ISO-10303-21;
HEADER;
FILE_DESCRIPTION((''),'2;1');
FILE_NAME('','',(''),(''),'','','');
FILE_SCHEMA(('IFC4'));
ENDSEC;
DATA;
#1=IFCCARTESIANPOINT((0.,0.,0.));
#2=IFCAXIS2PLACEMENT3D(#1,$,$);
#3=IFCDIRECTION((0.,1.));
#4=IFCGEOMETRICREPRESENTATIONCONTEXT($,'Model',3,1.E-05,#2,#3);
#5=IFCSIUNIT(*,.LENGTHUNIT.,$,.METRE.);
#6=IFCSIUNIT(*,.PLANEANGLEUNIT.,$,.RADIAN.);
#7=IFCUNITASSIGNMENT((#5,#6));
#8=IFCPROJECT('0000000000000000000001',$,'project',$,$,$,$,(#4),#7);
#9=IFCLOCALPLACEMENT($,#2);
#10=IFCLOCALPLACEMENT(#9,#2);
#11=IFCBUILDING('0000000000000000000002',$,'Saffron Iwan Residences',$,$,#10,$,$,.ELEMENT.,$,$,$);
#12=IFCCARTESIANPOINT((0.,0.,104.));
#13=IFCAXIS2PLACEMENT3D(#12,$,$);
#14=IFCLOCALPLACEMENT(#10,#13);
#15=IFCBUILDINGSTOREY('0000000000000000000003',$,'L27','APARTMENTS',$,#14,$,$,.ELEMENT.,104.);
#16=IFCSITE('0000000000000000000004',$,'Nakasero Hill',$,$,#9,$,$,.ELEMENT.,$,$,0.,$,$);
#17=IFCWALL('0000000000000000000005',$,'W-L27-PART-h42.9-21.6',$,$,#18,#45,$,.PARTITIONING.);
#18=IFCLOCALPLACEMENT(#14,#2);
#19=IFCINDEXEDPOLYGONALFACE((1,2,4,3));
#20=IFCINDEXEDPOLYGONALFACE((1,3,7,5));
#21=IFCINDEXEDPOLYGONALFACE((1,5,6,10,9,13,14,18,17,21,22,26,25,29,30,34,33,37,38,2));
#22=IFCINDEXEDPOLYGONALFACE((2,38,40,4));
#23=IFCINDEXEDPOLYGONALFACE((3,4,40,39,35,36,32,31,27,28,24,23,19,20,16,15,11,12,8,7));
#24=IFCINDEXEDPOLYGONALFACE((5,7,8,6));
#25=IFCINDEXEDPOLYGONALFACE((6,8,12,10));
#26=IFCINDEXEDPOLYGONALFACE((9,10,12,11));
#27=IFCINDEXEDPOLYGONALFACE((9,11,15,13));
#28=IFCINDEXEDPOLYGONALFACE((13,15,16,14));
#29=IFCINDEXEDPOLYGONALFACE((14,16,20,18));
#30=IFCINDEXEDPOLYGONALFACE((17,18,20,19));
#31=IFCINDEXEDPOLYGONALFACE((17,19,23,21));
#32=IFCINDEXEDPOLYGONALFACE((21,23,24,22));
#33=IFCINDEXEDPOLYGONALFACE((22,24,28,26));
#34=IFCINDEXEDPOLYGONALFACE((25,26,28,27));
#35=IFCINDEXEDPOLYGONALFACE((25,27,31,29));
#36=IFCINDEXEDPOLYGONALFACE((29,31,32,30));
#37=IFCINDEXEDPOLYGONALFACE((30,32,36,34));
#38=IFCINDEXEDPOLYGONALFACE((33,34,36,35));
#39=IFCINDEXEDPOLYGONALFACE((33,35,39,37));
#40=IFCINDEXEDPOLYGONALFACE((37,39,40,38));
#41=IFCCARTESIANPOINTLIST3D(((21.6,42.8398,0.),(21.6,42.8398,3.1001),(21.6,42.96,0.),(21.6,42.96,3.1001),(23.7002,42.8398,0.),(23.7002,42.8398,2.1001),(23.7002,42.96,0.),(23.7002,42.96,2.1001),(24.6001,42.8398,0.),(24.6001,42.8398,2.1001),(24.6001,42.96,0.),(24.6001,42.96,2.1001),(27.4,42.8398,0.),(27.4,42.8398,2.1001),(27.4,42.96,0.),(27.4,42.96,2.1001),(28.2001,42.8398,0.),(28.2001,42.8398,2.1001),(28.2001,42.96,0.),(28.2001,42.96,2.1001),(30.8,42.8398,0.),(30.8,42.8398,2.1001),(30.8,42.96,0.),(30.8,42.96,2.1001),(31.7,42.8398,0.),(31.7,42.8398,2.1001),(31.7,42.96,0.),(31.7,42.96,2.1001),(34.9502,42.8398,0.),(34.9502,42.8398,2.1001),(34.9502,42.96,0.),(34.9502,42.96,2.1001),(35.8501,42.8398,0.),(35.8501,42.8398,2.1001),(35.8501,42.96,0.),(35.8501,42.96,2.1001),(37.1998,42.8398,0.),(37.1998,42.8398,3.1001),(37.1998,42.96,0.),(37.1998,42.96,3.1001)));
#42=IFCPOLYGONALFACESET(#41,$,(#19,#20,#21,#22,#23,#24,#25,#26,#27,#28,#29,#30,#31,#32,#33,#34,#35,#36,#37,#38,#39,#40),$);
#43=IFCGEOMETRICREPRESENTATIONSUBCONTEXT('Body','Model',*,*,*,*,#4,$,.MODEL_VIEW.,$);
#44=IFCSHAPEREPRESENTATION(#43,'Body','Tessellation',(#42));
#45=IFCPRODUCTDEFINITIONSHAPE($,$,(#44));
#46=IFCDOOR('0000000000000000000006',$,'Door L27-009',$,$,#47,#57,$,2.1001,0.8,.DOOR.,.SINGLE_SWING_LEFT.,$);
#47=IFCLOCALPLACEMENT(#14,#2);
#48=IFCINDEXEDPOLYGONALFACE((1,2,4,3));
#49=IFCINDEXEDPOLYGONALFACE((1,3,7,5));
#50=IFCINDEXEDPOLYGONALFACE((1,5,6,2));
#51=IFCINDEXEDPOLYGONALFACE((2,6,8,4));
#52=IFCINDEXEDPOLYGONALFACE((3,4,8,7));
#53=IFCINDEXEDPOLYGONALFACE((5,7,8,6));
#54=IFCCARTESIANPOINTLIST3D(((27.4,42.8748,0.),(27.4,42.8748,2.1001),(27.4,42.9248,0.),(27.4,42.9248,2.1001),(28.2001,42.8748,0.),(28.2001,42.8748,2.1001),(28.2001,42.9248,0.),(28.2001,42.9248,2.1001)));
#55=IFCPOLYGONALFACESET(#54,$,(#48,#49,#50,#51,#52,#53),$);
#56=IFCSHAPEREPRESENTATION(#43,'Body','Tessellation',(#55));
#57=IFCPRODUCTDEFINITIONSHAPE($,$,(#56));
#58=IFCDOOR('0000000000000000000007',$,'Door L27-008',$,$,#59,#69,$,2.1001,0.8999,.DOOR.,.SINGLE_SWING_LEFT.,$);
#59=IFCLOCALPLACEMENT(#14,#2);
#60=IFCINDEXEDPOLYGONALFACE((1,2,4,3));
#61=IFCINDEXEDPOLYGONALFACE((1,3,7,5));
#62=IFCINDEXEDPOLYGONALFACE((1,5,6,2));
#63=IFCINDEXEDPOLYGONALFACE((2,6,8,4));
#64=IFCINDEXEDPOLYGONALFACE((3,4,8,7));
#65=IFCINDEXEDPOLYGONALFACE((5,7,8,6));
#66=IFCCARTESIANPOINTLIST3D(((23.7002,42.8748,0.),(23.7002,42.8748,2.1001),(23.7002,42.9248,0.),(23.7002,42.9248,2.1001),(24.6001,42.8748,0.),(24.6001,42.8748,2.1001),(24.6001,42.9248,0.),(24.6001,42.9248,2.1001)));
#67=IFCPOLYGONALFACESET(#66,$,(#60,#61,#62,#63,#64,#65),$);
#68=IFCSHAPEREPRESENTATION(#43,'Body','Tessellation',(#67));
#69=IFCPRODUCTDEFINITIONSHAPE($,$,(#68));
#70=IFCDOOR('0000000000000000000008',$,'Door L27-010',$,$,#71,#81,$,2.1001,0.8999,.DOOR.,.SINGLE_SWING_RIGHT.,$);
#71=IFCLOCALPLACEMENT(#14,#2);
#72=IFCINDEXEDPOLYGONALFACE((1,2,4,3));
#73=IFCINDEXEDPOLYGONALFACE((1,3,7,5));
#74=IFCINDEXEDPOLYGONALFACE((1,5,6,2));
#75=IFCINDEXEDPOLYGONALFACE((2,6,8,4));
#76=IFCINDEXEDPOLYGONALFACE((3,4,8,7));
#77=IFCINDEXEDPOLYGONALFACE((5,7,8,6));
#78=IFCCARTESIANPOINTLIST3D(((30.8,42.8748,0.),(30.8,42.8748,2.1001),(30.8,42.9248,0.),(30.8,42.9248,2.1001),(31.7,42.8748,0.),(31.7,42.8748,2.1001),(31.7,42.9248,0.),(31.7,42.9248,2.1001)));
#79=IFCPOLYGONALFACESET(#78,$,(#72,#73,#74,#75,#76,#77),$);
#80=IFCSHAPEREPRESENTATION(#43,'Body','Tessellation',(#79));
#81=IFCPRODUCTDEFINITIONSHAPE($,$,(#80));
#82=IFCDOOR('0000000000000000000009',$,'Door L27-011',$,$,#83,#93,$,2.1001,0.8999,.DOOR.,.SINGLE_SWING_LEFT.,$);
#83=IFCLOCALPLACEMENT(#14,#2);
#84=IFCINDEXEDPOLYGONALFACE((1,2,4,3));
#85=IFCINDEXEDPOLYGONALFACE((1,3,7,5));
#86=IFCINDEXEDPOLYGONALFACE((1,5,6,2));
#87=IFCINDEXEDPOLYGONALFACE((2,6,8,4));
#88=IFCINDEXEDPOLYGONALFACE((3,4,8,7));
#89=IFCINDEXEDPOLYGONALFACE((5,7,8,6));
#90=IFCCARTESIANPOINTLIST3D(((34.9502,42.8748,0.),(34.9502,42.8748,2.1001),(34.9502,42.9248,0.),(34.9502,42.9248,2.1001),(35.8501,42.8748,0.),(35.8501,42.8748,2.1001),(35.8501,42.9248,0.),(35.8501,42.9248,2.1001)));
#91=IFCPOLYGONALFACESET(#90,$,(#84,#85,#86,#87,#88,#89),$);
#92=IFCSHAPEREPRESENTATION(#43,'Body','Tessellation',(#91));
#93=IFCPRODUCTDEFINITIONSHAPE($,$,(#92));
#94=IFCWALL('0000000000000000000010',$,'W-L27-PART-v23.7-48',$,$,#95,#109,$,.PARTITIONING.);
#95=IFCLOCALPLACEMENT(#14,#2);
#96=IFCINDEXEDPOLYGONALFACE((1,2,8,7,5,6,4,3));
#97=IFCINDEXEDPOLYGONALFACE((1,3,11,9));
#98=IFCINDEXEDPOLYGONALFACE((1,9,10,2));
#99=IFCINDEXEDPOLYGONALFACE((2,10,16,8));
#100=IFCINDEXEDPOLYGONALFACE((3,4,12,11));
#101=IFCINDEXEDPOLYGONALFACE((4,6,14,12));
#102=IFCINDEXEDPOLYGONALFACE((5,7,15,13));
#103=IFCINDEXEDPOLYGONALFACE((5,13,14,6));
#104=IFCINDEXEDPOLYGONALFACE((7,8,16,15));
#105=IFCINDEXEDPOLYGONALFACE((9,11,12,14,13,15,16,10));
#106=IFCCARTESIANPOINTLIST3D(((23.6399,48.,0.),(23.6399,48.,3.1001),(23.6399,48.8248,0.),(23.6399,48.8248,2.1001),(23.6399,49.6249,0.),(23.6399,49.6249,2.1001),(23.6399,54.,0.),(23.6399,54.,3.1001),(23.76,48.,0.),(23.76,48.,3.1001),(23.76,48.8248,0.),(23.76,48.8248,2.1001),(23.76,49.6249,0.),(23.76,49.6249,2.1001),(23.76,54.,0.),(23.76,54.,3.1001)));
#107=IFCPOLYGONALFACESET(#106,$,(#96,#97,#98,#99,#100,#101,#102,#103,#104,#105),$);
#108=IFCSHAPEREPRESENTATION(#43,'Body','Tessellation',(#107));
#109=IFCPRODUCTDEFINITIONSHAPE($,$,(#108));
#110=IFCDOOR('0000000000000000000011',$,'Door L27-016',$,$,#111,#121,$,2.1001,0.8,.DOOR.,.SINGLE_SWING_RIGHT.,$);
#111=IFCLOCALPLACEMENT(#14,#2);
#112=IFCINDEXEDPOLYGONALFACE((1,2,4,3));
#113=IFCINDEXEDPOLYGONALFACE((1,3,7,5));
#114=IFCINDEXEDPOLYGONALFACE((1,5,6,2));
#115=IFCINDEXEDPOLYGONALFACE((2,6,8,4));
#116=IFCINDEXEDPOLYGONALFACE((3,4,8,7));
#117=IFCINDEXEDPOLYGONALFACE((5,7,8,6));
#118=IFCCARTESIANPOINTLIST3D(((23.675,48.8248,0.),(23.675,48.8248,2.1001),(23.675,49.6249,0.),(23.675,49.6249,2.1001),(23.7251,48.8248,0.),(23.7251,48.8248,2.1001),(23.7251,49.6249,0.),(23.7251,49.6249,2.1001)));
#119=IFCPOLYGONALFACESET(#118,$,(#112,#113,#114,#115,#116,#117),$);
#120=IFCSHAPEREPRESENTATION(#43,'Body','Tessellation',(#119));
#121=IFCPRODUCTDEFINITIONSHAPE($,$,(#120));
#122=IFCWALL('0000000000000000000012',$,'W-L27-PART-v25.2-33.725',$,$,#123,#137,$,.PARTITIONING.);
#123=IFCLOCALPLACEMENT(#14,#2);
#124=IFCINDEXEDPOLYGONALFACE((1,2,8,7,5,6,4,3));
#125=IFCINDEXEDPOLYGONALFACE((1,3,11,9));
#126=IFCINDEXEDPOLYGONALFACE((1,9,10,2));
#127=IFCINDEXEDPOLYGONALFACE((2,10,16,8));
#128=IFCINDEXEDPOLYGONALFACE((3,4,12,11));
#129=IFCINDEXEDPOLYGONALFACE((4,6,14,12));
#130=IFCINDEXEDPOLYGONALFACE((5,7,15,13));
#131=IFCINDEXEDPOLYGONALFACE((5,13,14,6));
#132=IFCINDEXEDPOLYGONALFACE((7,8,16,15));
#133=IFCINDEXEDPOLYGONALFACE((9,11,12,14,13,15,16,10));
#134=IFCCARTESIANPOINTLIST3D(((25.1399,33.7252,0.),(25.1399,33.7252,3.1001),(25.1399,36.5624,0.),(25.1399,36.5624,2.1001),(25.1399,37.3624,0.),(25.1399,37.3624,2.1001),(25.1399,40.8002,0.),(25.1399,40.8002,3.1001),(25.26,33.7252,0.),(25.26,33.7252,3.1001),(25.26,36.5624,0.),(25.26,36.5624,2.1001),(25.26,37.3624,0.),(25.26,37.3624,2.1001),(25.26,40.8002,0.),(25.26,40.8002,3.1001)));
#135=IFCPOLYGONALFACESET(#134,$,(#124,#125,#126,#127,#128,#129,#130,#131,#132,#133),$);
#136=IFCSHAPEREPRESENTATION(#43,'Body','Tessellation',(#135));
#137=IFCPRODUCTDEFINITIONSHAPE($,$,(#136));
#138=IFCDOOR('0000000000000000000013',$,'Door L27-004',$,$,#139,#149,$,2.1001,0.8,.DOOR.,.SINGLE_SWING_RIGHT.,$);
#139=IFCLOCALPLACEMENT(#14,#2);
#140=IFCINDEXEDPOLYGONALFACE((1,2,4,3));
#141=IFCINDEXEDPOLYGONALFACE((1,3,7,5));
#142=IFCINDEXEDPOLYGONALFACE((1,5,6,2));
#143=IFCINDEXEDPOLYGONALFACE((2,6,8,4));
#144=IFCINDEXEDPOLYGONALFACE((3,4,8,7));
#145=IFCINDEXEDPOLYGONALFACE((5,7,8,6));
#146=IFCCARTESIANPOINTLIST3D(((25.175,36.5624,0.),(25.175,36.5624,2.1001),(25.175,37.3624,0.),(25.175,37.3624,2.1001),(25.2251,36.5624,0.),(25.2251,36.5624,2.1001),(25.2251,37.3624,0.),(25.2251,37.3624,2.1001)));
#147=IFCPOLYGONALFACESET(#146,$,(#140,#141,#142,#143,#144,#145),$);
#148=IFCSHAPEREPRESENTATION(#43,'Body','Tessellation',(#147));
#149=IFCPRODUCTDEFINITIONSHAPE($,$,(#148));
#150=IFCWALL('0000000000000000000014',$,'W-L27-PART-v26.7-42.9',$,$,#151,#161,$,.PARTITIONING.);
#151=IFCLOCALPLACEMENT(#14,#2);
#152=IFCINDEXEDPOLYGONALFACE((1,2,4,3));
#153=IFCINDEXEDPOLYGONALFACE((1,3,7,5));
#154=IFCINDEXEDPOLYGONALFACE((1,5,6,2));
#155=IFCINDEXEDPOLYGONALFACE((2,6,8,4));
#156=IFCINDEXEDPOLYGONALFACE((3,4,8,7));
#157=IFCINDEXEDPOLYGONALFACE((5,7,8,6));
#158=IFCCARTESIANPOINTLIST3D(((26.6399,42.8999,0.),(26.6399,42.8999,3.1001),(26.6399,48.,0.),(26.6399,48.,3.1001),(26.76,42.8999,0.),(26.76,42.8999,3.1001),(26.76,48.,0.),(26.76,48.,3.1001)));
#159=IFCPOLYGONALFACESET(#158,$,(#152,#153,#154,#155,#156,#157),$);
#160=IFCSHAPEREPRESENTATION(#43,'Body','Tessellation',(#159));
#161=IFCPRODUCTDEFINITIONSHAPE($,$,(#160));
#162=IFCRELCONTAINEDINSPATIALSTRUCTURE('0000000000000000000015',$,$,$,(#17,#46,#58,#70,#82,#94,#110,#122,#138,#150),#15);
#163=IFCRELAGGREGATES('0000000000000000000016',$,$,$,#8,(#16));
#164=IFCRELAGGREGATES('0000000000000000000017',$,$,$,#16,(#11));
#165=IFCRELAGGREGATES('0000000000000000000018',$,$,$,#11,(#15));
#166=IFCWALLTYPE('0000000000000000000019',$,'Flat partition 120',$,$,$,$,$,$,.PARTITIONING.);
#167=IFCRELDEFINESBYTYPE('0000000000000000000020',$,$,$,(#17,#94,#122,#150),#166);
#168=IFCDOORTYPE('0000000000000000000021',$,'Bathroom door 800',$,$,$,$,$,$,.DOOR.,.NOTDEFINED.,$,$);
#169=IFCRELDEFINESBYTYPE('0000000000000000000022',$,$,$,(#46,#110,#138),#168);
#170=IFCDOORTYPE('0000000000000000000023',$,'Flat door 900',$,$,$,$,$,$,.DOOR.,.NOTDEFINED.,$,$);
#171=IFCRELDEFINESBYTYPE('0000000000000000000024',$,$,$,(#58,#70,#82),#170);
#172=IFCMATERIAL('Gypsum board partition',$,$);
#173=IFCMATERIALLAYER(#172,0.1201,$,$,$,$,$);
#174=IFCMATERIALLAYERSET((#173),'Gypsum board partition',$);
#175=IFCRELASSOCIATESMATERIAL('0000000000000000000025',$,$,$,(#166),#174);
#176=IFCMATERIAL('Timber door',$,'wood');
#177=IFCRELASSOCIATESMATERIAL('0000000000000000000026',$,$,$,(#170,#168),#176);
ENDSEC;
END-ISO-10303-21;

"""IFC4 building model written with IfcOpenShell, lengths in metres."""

from ifc_helpers import new_model, si_unit, direction, frame, frame_2d, origin, place, context, subcontext, project, spatial, rectangle, extrude, material, layer, layer_set, type_object, element, fill, save


model = new_model("IFC4")

# Units and contexts
model_context = context("Model", 3, precision=1e-05, world=origin(), true_north=direction((0.0, 1.0)))
body_context = subcontext(model_context, "Body", "Model", "MODEL_VIEW")
ifc_project = project(units=[si_unit("LENGTHUNIT", "METRE"), si_unit("PLANEANGLEUNIT", "RADIAN")], contexts=[model_context])

# Site, building, storey
site_placement = place(None, origin())
site = spatial("IfcSite", under=ifc_project, at=site_placement, Name="Nakasero Hill", CompositionType="ELEMENT", RefElevation=0.0)
building_placement = place(site_placement, origin())
building = spatial("IfcBuilding", under=site, at=building_placement, Name="Saffron Iwan Residences", CompositionType="ELEMENT")
storey_placement = place(building_placement, frame((0.0, 0.0, 104.0)))
storey = spatial("IfcBuildingStorey", under=building, at=storey_placement, Name="L27", Description="APARTMENTS", CompositionType="ELEMENT", Elevation=104.0)

# Shared definitions
ifc_material_1 = material(Name="Gypsum board partition")
ifc_layer = layer(ifc_material_1, 0.1201)
ifc_layer_set = layer_set([ifc_layer], Name="Gypsum board partition")
wall_type = type_object("IfcWallType", Name="Flat partition 120", PredefinedType="PARTITIONING", material=ifc_layer_set)

# Shared definitions
ifc_material_2 = material(Name="Timber door", Category="wood")
door_type_1 = type_object("IfcDoorType", Name="Flat door 900", OperationType="NOTDEFINED", PredefinedType="DOOR", material=ifc_material_2)

# Wall, openings, doors
wall_1_placement = place(storey_placement, frame((21.6001, 42.8999, 0.0), z_axis=(0.0, 0.0, 1.0), x_axis=(1.0, 0.0, 0.0)))
wall_1 = element("IfcWall", 1, at=wall_1_placement, inside=storey, type_object=wall_type, Name="W-L27-PART-h42.9-21.6", PredefinedType="PARTITIONING", context=body_context, shape_type="SweptSolid", body=[
    extrude(rectangle(XDim=15.5999, YDim=0.1201, at=frame_2d((7.7998, 0.0))), origin(), (0.0, 0.0, 1.0), 3.1001),
])
opening_1_placement = place(wall_1_placement, frame((2.1001, 0.0, 0.0)))
opening_1 = element("IfcOpeningElement", 2, at=opening_1_placement, cuts=wall_1, PredefinedType="OPENING", context=body_context, shape_type="SweptSolid", body=[
    extrude(rectangle(XDim=0.8999, YDim=2.1001, at=frame_2d((0.45, 1.05))), frame((0.0, 0.0701, 0.0), z_axis=(0.0, -1.0, 0.0), x_axis=(1.0, 0.0, 0.0)), (0.0, 0.0, 1.0), 0.1401),
])
opening_2_placement = place(wall_1_placement, frame((5.8, 0.0, 0.0)))
opening_2 = element("IfcOpeningElement", 3, at=opening_2_placement, cuts=wall_1, PredefinedType="OPENING", context=body_context, shape_type="SweptSolid", body=[
    extrude(rectangle(XDim=0.8, YDim=2.1001, at=frame_2d((0.3999, 1.05))), frame((0.0, 0.0701, 0.0), z_axis=(0.0, -1.0, 0.0), x_axis=(1.0, 0.0, 0.0)), (0.0, 0.0, 1.0), 0.1401),
])
opening_3_placement = place(wall_1_placement, frame((9.2, 0.0, 0.0)))
opening_3 = element("IfcOpeningElement", 4, at=opening_3_placement, cuts=wall_1, PredefinedType="OPENING", context=body_context, shape_type="SweptSolid", body=[
    extrude(rectangle(XDim=0.8999, YDim=2.1001, at=frame_2d((0.45, 1.05))), frame((0.0, 0.0701, 0.0), z_axis=(0.0, -1.0, 0.0), x_axis=(1.0, 0.0, 0.0)), (0.0, 0.0, 1.0), 0.1401),
])
opening_4_placement = place(wall_1_placement, frame((13.3501, 0.0, 0.0)))
opening_4 = element("IfcOpeningElement", 5, at=opening_4_placement, cuts=wall_1, PredefinedType="OPENING", context=body_context, shape_type="SweptSolid", body=[
    extrude(rectangle(XDim=0.8999, YDim=2.1001, at=frame_2d((0.45, 1.05))), frame((0.0, 0.0701, 0.0), z_axis=(0.0, -1.0, 0.0), x_axis=(1.0, 0.0, 0.0)), (0.0, 0.0, 1.0), 0.1401),
])
door_type_2 = type_object("IfcDoorType", Name="Bathroom door 800", OperationType="NOTDEFINED", PredefinedType="DOOR", material=ifc_material_2)
door_1_placement = place(opening_2_placement, origin())
door_1 = element("IfcDoor", 6, at=door_1_placement, inside=storey, type_object=door_type_2, Name="Door L27-009", OperationType="SINGLE_SWING_LEFT", OverallHeight=2.1001, OverallWidth=0.8, PredefinedType="DOOR", context=body_context, shape_type="SweptSolid", body=[
    extrude(rectangle(XDim=0.8, YDim=2.1001, at=frame_2d((0.3999, 1.05))), frame((0.0, 0.0249, 0.0), z_axis=(0.0, -1.0, 0.0), x_axis=(1.0, 0.0, 0.0)), (0.0, 0.0, 1.0), 0.05),
])
fill(opening_2, door_1)
door_2_placement = place(opening_1_placement, origin())
door_2 = element("IfcDoor", 7, at=door_2_placement, inside=storey, type_object=door_type_1, Name="Door L27-008", OperationType="SINGLE_SWING_LEFT", OverallHeight=2.1001, OverallWidth=0.8999, PredefinedType="DOOR", context=body_context, shape_type="SweptSolid", body=[
    extrude(rectangle(XDim=0.8999, YDim=2.1001, at=frame_2d((0.45, 1.05))), frame((0.0, 0.0249, 0.0), z_axis=(0.0, -1.0, 0.0), x_axis=(1.0, 0.0, 0.0)), (0.0, 0.0, 1.0), 0.05),
])
fill(opening_1, door_2)
door_3_placement = place(opening_3_placement, origin())
door_3 = element("IfcDoor", 8, at=door_3_placement, inside=storey, type_object=door_type_1, Name="Door L27-010", OperationType="SINGLE_SWING_RIGHT", OverallHeight=2.1001, OverallWidth=0.8999, PredefinedType="DOOR", context=body_context, shape_type="SweptSolid", body=[
    extrude(rectangle(XDim=0.8999, YDim=2.1001, at=frame_2d((0.45, 1.05))), frame((0.0, 0.0249, 0.0), z_axis=(0.0, -1.0, 0.0), x_axis=(1.0, 0.0, 0.0)), (0.0, 0.0, 1.0), 0.05),
])
fill(opening_3, door_3)
door_4_placement = place(opening_4_placement, origin())
door_4 = element("IfcDoor", 9, at=door_4_placement, inside=storey, type_object=door_type_1, Name="Door L27-011", OperationType="SINGLE_SWING_LEFT", OverallHeight=2.1001, OverallWidth=0.8999, PredefinedType="DOOR", context=body_context, shape_type="SweptSolid", body=[
    extrude(rectangle(XDim=0.8999, YDim=2.1001, at=frame_2d((0.45, 1.05))), frame((0.0, 0.0249, 0.0), z_axis=(0.0, -1.0, 0.0), x_axis=(1.0, 0.0, 0.0)), (0.0, 0.0, 1.0), 0.05),
])
fill(opening_4, door_4)

# Walls, openings, doors
wall_2_placement = place(storey_placement, frame((23.7, 48.0, 0.0), z_axis=(0.0, 0.0, 1.0), x_axis=(0.0, 1.0, 0.0)))
wall_2 = element("IfcWall", 10, at=wall_2_placement, inside=storey, type_object=wall_type, Name="W-L27-PART-v23.7-48", PredefinedType="PARTITIONING", context=body_context, shape_type="SweptSolid", body=[
    extrude(rectangle(XDim=6.0, YDim=0.1201, at=frame_2d((3.0, 0.0))), origin(), (0.0, 0.0, 1.0), 3.1001),
])
opening_5_placement = place(wall_2_placement, frame((0.825, 0.0, 0.0)))
opening_5 = element("IfcOpeningElement", 11, at=opening_5_placement, cuts=wall_2, PredefinedType="OPENING", context=body_context, shape_type="SweptSolid", body=[
    extrude(rectangle(XDim=0.8, YDim=2.1001, at=frame_2d((0.3999, 1.05))), frame((0.0, 0.0701, 0.0), z_axis=(0.0, -1.0, 0.0), x_axis=(1.0, 0.0, 0.0)), (0.0, 0.0, 1.0), 0.1401),
])
door_5_placement = place(opening_5_placement, origin())
door_5 = element("IfcDoor", 12, at=door_5_placement, inside=storey, type_object=door_type_2, Name="Door L27-016", OperationType="SINGLE_SWING_RIGHT", OverallHeight=2.1001, OverallWidth=0.8, PredefinedType="DOOR", context=body_context, shape_type="SweptSolid", body=[
    extrude(rectangle(XDim=0.8, YDim=2.1001, at=frame_2d((0.3999, 1.05))), frame((0.0, 0.0249, 0.0), z_axis=(0.0, -1.0, 0.0), x_axis=(1.0, 0.0, 0.0)), (0.0, 0.0, 1.0), 0.05),
])
fill(opening_5, door_5)
wall_3_placement = place(storey_placement, frame((25.2, 33.7251, 0.0), z_axis=(0.0, 0.0, 1.0), x_axis=(0.0, 1.0, 0.0)))
wall_3 = element("IfcWall", 13, at=wall_3_placement, inside=storey, type_object=wall_type, Name="W-L27-PART-v25.2-33.725", PredefinedType="PARTITIONING", context=body_context, shape_type="SweptSolid", body=[
    extrude(rectangle(XDim=7.075, YDim=0.1201, at=frame_2d((3.5376, 0.0))), origin(), (0.0, 0.0, 1.0), 3.1001),
])
opening_6_placement = place(wall_3_placement, frame((2.8374, 0.0, 0.0)))
opening_6 = element("IfcOpeningElement", 14, at=opening_6_placement, cuts=wall_3, PredefinedType="OPENING", context=body_context, shape_type="SweptSolid", body=[
    extrude(rectangle(XDim=0.8, YDim=2.1001, at=frame_2d((0.3999, 1.05))), frame((0.0, 0.0701, 0.0), z_axis=(0.0, -1.0, 0.0), x_axis=(1.0, 0.0, 0.0)), (0.0, 0.0, 1.0), 0.1401),
])
door_6_placement = place(opening_6_placement, origin())
door_6 = element("IfcDoor", 15, at=door_6_placement, inside=storey, type_object=door_type_2, Name="Door L27-004", OperationType="SINGLE_SWING_RIGHT", OverallHeight=2.1001, OverallWidth=0.8, PredefinedType="DOOR", context=body_context, shape_type="SweptSolid", body=[
    extrude(rectangle(XDim=0.8, YDim=2.1001, at=frame_2d((0.3999, 1.05))), frame((0.0, 0.0249, 0.0), z_axis=(0.0, -1.0, 0.0), x_axis=(1.0, 0.0, 0.0)), (0.0, 0.0, 1.0), 0.05),
])
fill(opening_6, door_6)

# Wall
wall_4_placement = place(storey_placement, frame((26.7, 42.8999, 0.0), z_axis=(0.0, 0.0, 1.0), x_axis=(0.0, 1.0, 0.0)))
element("IfcWall", 16, at=wall_4_placement, inside=storey, type_object=wall_type, Name="W-L27-PART-v26.7-42.9", PredefinedType="PARTITIONING", context=body_context, shape_type="SweptSolid", body=[
    extrude(rectangle(XDim=5.1001, YDim=0.1201, at=frame_2d((2.55, 0.0))), origin(), (0.0, 0.0, 1.0), 3.1001),
])

save(model, "model.ifc")
